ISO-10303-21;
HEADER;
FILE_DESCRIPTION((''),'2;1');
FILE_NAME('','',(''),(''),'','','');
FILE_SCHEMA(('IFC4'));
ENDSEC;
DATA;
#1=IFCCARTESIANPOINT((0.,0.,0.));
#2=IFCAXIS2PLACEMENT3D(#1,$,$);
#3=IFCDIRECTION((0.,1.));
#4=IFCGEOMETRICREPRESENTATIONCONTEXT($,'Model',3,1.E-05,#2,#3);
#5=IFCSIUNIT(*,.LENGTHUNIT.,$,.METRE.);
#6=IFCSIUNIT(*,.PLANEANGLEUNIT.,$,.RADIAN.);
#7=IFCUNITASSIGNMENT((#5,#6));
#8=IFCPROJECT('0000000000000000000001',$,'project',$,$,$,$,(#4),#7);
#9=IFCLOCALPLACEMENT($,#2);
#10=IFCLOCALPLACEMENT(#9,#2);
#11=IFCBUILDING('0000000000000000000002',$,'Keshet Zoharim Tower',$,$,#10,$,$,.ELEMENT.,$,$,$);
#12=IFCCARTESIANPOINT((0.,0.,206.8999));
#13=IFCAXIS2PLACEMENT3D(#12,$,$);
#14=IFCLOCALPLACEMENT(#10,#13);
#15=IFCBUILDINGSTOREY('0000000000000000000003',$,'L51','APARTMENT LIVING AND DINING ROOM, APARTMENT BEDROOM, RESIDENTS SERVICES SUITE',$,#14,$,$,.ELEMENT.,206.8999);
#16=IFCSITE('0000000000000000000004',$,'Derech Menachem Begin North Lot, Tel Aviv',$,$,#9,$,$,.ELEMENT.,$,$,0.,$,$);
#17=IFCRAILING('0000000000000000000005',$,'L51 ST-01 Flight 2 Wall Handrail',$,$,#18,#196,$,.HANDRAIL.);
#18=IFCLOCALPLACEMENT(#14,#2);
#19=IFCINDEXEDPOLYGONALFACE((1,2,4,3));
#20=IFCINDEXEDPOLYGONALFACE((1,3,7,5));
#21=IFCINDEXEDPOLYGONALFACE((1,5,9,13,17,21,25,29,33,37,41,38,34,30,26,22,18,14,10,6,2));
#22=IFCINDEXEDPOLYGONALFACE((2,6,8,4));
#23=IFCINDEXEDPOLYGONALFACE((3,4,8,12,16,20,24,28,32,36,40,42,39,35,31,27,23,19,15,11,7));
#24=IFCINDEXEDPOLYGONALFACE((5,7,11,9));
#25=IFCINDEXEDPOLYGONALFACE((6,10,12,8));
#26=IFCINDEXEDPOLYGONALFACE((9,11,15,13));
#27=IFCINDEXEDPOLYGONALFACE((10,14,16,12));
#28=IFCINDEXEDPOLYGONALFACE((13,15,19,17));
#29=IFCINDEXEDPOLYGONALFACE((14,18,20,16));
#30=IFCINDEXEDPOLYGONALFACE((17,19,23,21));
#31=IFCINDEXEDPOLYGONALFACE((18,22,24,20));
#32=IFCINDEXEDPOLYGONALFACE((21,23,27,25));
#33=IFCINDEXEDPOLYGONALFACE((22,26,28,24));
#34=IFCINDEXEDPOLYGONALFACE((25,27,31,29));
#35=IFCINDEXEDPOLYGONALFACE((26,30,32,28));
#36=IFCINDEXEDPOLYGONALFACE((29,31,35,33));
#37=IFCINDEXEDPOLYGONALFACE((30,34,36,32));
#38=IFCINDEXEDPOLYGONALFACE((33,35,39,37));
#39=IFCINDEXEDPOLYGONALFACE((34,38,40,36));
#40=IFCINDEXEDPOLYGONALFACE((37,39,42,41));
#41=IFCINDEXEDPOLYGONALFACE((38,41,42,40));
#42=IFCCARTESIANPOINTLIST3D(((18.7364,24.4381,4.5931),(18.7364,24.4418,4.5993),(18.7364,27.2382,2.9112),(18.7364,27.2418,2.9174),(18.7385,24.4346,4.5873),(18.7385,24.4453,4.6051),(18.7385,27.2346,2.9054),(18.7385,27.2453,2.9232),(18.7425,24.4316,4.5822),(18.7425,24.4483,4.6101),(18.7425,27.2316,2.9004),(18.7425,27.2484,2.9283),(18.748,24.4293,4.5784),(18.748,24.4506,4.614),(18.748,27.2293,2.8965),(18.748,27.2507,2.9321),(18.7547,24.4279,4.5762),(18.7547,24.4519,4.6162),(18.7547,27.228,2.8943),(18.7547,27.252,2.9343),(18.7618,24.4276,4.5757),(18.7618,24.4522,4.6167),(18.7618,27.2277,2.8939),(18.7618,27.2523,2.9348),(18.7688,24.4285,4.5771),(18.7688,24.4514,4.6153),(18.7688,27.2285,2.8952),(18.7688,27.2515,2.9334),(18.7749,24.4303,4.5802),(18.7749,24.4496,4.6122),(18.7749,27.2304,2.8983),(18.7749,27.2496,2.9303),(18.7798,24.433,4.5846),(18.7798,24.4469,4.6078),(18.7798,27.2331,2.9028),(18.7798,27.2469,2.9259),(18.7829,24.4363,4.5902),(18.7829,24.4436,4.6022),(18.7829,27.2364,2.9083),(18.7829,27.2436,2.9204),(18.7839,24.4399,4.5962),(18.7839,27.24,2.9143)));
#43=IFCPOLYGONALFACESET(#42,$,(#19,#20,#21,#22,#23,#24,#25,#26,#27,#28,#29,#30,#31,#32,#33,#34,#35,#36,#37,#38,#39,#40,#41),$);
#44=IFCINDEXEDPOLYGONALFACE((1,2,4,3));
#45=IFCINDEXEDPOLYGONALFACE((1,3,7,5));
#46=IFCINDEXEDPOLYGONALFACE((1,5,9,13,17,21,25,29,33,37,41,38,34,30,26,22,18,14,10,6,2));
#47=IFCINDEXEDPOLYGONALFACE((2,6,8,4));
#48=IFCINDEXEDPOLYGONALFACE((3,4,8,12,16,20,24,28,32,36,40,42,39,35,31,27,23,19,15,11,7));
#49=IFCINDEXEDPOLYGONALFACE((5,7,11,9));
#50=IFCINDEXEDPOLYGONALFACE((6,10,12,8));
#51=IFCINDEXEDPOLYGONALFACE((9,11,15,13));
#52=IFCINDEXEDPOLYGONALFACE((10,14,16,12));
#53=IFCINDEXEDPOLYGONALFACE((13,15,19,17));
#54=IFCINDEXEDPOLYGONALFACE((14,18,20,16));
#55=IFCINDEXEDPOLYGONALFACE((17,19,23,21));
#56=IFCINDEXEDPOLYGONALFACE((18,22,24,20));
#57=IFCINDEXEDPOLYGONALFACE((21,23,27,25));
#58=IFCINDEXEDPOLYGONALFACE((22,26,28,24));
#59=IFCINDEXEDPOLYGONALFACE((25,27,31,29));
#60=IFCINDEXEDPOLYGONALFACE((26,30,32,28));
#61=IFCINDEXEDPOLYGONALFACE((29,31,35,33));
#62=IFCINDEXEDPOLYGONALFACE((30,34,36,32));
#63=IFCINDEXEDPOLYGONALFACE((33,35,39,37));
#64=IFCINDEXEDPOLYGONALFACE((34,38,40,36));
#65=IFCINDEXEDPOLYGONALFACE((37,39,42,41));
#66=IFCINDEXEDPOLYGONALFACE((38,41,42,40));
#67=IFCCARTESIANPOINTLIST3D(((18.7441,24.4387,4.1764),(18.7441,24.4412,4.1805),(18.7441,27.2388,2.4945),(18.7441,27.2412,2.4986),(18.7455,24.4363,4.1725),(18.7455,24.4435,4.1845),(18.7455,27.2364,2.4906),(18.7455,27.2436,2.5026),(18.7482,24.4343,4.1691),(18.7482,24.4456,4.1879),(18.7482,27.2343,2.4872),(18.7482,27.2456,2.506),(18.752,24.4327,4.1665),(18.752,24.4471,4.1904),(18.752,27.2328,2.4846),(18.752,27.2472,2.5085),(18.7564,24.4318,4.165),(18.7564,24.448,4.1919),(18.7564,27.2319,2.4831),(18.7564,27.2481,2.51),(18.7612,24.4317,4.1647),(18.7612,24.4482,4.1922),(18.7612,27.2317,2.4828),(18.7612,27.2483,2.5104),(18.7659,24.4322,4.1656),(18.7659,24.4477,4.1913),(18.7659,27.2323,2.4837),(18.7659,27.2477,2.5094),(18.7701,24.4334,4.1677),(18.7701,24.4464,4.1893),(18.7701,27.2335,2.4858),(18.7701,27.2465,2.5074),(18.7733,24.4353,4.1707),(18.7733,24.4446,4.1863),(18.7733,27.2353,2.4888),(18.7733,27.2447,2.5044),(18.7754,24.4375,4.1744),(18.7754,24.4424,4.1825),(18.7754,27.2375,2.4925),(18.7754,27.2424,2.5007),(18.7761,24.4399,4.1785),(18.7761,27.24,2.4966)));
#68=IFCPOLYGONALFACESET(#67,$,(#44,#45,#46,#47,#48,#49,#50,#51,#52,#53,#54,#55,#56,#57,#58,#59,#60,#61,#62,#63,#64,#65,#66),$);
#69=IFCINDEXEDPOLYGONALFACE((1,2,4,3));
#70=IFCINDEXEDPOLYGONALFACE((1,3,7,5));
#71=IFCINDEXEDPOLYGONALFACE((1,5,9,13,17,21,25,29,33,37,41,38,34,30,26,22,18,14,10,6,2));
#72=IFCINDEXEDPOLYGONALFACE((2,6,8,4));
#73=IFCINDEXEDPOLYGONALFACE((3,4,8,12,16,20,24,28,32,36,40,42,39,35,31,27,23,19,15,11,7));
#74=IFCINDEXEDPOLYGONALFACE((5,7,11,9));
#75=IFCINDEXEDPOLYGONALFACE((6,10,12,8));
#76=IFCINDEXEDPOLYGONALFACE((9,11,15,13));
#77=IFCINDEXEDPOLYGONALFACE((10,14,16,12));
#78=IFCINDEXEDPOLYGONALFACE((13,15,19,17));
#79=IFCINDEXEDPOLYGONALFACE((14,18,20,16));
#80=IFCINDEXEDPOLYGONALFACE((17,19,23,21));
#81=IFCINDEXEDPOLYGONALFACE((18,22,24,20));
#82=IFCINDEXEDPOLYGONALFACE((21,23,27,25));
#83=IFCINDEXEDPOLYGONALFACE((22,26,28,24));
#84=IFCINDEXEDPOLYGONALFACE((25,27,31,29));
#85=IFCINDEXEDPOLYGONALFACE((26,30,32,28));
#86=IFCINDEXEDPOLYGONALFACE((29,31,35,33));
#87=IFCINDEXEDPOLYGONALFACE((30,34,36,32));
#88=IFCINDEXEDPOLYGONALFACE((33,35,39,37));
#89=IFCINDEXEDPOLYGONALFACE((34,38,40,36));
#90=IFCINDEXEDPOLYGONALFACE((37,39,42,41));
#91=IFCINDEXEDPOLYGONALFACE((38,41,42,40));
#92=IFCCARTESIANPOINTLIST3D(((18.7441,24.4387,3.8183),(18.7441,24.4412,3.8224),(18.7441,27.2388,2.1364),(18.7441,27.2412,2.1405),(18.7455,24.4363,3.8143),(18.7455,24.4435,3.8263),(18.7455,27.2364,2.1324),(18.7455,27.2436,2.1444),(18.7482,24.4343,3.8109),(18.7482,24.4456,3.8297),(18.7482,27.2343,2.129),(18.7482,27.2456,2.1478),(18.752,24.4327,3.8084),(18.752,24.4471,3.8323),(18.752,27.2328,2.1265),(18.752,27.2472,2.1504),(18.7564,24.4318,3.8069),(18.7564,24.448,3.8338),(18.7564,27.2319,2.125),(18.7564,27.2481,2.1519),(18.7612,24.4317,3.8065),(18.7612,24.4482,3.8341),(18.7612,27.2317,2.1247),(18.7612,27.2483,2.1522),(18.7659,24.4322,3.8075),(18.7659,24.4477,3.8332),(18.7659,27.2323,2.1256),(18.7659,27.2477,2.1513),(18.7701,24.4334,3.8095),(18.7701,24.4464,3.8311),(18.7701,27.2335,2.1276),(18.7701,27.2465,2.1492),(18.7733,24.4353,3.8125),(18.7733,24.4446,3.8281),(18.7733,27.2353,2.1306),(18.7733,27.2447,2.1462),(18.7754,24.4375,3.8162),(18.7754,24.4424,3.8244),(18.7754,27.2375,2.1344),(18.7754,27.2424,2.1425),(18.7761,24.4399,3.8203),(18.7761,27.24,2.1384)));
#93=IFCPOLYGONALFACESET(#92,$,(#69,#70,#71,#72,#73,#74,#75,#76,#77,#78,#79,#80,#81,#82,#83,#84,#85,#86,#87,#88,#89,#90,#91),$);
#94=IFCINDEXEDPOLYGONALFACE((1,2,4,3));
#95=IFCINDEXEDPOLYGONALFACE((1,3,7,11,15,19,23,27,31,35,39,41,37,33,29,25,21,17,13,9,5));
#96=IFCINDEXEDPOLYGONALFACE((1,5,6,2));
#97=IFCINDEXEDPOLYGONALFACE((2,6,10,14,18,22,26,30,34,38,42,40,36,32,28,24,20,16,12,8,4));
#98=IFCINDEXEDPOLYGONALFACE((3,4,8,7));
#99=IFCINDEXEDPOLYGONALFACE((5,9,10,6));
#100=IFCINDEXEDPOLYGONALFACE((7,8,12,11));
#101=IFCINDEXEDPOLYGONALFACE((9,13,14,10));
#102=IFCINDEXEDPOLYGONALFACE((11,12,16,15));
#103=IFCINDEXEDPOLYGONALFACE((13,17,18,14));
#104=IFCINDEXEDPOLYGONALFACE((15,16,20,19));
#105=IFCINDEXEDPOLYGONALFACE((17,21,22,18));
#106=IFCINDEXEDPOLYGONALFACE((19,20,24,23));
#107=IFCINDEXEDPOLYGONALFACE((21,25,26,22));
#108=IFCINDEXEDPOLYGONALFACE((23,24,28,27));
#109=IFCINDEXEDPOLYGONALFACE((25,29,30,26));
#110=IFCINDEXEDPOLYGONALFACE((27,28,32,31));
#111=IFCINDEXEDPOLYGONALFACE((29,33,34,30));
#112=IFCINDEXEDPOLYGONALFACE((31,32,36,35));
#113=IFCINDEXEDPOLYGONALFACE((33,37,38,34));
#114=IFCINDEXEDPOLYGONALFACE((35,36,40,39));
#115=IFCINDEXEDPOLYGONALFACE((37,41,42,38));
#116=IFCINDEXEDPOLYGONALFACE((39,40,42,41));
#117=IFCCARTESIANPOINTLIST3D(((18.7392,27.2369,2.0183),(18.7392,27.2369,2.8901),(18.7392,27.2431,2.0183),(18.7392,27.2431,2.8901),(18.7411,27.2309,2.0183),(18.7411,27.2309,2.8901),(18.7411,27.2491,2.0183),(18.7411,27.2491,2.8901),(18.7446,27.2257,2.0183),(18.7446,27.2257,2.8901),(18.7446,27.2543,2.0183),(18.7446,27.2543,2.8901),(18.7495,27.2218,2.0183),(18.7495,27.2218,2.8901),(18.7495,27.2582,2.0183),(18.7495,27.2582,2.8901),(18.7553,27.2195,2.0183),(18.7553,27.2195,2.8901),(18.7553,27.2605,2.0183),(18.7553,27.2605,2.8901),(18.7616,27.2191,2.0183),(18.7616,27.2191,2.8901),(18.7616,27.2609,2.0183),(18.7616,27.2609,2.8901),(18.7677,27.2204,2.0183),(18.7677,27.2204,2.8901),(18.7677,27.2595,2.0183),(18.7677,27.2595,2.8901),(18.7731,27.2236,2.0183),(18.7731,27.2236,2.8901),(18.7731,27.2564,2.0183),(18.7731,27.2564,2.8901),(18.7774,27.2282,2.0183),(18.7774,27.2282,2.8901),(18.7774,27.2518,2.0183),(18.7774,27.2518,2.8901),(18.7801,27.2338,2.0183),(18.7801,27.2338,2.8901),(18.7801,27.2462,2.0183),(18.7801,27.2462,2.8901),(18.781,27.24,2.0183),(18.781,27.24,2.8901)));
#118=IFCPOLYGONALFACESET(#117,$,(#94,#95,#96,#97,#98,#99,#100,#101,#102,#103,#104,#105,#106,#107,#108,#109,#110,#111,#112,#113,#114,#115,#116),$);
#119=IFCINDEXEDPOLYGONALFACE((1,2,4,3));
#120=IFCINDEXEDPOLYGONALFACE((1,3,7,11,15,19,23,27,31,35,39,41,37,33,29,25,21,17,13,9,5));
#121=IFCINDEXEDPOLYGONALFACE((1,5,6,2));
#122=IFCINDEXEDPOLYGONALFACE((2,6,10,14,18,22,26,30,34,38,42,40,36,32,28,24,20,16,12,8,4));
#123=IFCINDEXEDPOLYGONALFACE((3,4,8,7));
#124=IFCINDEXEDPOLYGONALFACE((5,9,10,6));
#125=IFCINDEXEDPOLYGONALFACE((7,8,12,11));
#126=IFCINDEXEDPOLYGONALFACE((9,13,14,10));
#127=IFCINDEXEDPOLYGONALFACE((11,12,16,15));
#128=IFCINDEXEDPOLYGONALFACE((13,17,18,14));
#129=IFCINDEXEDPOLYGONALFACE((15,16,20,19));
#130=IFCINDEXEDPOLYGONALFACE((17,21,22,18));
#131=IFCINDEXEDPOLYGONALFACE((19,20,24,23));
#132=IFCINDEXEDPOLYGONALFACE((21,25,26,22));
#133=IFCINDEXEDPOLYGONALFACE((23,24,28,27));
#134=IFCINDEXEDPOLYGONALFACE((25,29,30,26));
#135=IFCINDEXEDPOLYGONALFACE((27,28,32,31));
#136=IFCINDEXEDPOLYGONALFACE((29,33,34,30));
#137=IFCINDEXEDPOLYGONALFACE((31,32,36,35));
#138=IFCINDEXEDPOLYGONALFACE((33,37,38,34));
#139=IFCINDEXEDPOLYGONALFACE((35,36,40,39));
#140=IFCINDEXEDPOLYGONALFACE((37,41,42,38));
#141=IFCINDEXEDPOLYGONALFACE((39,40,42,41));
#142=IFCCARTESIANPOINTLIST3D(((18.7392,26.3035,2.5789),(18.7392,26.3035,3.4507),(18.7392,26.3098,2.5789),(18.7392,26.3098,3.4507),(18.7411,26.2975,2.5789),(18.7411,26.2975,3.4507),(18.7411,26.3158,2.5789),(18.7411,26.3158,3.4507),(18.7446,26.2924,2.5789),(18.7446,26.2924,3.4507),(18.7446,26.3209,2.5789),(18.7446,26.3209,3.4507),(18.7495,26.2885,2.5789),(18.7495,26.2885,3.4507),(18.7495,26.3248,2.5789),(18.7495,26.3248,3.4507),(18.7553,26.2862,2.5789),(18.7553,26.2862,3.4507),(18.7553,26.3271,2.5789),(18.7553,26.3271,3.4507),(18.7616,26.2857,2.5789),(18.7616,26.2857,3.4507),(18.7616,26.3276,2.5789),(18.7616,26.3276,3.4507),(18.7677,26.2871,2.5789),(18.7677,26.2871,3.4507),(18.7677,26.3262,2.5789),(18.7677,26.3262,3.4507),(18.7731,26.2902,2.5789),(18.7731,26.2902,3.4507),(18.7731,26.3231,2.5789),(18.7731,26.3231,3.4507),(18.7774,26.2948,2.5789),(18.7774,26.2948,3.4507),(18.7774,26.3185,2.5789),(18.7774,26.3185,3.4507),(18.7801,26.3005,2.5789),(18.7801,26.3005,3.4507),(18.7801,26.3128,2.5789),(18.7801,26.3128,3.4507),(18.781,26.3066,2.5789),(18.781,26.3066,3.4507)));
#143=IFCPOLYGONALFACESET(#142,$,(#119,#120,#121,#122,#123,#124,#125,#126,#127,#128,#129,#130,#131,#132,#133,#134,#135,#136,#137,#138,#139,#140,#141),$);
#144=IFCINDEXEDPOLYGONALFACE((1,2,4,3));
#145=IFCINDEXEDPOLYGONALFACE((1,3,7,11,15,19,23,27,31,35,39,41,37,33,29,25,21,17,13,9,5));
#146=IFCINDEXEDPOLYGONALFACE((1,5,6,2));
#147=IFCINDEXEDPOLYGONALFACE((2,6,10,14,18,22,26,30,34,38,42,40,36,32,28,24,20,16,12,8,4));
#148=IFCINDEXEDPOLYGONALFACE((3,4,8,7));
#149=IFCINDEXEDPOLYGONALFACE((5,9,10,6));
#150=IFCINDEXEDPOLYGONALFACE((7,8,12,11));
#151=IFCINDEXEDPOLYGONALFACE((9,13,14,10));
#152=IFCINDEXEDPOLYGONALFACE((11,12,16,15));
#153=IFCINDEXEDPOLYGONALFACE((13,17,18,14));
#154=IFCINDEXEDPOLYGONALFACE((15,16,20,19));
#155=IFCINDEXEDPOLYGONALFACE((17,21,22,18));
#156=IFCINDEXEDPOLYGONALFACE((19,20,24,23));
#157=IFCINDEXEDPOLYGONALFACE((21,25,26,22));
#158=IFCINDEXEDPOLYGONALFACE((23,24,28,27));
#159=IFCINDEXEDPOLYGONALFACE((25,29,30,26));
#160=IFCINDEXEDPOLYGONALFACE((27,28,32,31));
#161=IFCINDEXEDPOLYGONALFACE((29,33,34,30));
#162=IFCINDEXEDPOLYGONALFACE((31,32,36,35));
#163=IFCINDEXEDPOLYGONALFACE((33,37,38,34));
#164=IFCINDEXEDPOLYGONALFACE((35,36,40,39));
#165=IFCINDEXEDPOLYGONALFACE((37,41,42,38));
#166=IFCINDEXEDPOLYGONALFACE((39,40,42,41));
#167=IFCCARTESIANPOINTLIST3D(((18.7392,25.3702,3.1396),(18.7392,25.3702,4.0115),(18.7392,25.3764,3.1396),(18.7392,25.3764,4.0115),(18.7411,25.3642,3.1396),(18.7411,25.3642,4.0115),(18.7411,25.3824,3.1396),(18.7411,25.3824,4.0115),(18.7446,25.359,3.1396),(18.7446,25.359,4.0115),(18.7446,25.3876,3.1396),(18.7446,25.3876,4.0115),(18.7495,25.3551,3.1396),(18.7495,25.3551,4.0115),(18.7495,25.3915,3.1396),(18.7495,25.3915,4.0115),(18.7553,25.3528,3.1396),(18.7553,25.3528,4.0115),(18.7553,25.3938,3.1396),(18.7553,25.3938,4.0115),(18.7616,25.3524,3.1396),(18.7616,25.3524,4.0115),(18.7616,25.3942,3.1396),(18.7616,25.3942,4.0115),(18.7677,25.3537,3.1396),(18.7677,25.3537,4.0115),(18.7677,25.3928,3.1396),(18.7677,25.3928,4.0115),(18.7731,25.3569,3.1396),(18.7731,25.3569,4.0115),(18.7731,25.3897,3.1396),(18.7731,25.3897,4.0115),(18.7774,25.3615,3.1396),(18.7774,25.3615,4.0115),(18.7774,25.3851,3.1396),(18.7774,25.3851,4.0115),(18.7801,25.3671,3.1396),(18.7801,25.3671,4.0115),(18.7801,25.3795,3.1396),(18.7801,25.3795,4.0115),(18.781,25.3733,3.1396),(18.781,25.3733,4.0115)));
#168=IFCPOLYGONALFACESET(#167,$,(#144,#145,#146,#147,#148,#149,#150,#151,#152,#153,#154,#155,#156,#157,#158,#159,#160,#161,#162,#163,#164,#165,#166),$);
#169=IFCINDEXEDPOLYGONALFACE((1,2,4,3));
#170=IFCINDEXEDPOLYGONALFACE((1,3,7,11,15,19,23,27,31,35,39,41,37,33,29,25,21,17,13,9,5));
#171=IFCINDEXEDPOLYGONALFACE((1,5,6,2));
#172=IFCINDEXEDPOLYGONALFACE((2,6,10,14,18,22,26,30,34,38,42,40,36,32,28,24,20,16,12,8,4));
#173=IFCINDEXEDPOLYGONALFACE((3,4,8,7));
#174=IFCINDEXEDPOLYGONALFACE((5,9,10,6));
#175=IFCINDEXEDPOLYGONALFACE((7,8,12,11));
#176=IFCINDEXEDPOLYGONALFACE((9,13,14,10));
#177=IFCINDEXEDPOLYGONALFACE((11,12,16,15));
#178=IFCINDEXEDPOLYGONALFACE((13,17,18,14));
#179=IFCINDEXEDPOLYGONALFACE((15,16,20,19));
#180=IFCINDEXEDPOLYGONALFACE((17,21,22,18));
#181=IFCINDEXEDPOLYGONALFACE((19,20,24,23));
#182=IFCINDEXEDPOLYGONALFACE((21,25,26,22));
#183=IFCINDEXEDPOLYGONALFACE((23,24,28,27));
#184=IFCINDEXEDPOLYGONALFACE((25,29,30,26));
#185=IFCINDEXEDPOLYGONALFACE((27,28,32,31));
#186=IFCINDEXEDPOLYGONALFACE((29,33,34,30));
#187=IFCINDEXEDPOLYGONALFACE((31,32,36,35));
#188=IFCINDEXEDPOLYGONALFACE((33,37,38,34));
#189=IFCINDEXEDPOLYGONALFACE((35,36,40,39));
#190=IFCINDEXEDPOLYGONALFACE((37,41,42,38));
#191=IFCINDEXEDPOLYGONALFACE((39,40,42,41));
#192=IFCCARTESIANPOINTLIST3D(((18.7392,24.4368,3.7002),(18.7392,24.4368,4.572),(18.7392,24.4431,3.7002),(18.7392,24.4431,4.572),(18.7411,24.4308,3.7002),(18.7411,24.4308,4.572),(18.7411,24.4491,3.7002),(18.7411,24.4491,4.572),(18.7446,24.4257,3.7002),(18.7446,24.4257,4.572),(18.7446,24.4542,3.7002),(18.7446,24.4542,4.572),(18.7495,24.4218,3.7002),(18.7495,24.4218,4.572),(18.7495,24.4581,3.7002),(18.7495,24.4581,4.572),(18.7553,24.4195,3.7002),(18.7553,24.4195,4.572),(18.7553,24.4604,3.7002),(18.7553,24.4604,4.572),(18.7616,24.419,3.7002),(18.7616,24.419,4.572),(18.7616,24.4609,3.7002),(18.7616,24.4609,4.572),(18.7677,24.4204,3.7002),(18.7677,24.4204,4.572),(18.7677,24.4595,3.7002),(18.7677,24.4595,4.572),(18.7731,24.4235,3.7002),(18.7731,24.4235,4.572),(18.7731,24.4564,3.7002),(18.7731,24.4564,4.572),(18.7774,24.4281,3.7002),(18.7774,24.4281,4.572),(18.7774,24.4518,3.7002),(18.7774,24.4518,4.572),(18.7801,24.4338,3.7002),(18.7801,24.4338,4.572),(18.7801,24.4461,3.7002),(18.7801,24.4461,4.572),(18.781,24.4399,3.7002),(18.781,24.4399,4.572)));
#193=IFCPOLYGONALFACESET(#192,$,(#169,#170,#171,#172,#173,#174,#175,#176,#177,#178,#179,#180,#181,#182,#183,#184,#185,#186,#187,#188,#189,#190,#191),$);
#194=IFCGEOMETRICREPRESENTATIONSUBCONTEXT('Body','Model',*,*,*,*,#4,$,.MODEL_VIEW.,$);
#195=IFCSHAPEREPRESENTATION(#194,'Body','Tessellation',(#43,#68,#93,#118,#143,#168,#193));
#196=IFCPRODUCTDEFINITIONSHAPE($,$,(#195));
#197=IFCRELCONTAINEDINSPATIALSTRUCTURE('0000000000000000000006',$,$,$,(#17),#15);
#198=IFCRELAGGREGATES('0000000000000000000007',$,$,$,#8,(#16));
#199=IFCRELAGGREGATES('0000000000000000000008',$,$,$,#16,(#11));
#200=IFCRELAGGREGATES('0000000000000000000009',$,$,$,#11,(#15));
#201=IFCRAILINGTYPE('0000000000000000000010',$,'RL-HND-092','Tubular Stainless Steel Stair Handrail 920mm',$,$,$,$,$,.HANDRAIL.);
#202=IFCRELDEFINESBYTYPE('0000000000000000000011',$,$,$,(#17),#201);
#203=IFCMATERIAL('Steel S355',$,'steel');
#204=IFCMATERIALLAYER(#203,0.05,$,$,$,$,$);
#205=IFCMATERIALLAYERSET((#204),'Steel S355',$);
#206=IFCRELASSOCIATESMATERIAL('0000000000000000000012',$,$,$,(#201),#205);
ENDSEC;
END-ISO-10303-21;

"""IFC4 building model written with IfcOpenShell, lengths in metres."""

from ifc_helpers import new_model, si_unit, direction, frame, origin, origin_2d, place, context, subcontext, project, spatial, circle, extrude, material, layer, layer_set, type_object, element, save


model = new_model("IFC4")

# Units and contexts
model_context = context("Model", 3, precision=1e-05, world=origin(), true_north=direction((0.0, 1.0)))
body_context = subcontext(model_context, "Body", "Model", "MODEL_VIEW")
ifc_project = project(units=[si_unit("LENGTHUNIT", "METRE"), si_unit("PLANEANGLEUNIT", "RADIAN")], contexts=[model_context])

# Site, building, storey
site_placement = place(None, origin())
site = spatial("IfcSite", under=ifc_project, at=site_placement, Name="Derech Menachem Begin North Lot, Tel Aviv", CompositionType="ELEMENT", RefElevation=0.0)
building_placement = place(site_placement, origin())
building = spatial("IfcBuilding", under=site, at=building_placement, Name="Keshet Zoharim Tower", CompositionType="ELEMENT")
storey_placement = place(building_placement, frame((0.0, 0.0, 206.8999)))
storey = spatial("IfcBuildingStorey", under=building, at=storey_placement, Name="L51", Description="APARTMENT LIVING AND DINING ROOM, APARTMENT BEDROOM, RESIDENTS SERVICES SUITE", CompositionType="ELEMENT", Elevation=206.8999)

# Shared definitions
ifc_material_1 = material(Name="Steel S355", Category="steel")

# Railing
ifc_layer_1 = layer(ifc_material_1, 0.05)
ifc_layer_set_1 = layer_set([ifc_layer_1], Name="Steel S355")
railing_type = type_object("IfcRailingType", Name="RL-HND-092", Description="Tubular Stainless Steel Stair Handrail 920mm", PredefinedType="HANDRAIL", material=ifc_layer_set_1)
railing_placement = place(storey_placement, frame((18.76, 27.24, 2.0183)))
element("IfcRailing", 1, at=railing_placement, inside=storey, type_object=railing_type, Name="L51 ST-01 Flight 2 Wall Handrail", PredefinedType="HANDRAIL", context=body_context, shape_type="SweptSolid", body=[
    extrude(circle(Radius=0.0239, at=origin_2d()), frame((0.0, 0.0, 0.896), z_axis=(0.0, -0.857242, 0.514913), x_axis=(1.0, 0.0, 0.0)), (0.0, 0.0, 1.0), 3.2664),
    extrude(circle(Radius=0.0161, at=origin_2d()), frame((0.0, 0.0, 0.4783), z_axis=(0.0, -0.857242, 0.514913), x_axis=(1.0, 0.0, 0.0)), (0.0, 0.0, 1.0), 3.2664),
    extrude(circle(Radius=0.0161, at=origin_2d()), frame((0.0, 0.0, 0.1201), z_axis=(0.0, -0.857242, 0.514913), x_axis=(1.0, 0.0, 0.0)), (0.0, 0.0, 1.0), 3.2664),
    extrude(circle(Radius=0.021, at=origin_2d()), origin(), (0.0, 0.0, 1.0), 0.8718),
    extrude(circle(Radius=0.021, at=origin_2d()), frame((0.0, -0.9333, 0.5605)), (0.0, 0.0, 1.0), 0.8718),
    extrude(circle(Radius=0.021, at=origin_2d()), frame((0.0, -1.8667, 1.1213)), (0.0, 0.0, 1.0), 0.8718),
    extrude(circle(Radius=0.021, at=origin_2d()), frame((0.0, -2.8, 1.6819)), (0.0, 0.0, 1.0), 0.8718),
])

save(model, "model.ifc")
